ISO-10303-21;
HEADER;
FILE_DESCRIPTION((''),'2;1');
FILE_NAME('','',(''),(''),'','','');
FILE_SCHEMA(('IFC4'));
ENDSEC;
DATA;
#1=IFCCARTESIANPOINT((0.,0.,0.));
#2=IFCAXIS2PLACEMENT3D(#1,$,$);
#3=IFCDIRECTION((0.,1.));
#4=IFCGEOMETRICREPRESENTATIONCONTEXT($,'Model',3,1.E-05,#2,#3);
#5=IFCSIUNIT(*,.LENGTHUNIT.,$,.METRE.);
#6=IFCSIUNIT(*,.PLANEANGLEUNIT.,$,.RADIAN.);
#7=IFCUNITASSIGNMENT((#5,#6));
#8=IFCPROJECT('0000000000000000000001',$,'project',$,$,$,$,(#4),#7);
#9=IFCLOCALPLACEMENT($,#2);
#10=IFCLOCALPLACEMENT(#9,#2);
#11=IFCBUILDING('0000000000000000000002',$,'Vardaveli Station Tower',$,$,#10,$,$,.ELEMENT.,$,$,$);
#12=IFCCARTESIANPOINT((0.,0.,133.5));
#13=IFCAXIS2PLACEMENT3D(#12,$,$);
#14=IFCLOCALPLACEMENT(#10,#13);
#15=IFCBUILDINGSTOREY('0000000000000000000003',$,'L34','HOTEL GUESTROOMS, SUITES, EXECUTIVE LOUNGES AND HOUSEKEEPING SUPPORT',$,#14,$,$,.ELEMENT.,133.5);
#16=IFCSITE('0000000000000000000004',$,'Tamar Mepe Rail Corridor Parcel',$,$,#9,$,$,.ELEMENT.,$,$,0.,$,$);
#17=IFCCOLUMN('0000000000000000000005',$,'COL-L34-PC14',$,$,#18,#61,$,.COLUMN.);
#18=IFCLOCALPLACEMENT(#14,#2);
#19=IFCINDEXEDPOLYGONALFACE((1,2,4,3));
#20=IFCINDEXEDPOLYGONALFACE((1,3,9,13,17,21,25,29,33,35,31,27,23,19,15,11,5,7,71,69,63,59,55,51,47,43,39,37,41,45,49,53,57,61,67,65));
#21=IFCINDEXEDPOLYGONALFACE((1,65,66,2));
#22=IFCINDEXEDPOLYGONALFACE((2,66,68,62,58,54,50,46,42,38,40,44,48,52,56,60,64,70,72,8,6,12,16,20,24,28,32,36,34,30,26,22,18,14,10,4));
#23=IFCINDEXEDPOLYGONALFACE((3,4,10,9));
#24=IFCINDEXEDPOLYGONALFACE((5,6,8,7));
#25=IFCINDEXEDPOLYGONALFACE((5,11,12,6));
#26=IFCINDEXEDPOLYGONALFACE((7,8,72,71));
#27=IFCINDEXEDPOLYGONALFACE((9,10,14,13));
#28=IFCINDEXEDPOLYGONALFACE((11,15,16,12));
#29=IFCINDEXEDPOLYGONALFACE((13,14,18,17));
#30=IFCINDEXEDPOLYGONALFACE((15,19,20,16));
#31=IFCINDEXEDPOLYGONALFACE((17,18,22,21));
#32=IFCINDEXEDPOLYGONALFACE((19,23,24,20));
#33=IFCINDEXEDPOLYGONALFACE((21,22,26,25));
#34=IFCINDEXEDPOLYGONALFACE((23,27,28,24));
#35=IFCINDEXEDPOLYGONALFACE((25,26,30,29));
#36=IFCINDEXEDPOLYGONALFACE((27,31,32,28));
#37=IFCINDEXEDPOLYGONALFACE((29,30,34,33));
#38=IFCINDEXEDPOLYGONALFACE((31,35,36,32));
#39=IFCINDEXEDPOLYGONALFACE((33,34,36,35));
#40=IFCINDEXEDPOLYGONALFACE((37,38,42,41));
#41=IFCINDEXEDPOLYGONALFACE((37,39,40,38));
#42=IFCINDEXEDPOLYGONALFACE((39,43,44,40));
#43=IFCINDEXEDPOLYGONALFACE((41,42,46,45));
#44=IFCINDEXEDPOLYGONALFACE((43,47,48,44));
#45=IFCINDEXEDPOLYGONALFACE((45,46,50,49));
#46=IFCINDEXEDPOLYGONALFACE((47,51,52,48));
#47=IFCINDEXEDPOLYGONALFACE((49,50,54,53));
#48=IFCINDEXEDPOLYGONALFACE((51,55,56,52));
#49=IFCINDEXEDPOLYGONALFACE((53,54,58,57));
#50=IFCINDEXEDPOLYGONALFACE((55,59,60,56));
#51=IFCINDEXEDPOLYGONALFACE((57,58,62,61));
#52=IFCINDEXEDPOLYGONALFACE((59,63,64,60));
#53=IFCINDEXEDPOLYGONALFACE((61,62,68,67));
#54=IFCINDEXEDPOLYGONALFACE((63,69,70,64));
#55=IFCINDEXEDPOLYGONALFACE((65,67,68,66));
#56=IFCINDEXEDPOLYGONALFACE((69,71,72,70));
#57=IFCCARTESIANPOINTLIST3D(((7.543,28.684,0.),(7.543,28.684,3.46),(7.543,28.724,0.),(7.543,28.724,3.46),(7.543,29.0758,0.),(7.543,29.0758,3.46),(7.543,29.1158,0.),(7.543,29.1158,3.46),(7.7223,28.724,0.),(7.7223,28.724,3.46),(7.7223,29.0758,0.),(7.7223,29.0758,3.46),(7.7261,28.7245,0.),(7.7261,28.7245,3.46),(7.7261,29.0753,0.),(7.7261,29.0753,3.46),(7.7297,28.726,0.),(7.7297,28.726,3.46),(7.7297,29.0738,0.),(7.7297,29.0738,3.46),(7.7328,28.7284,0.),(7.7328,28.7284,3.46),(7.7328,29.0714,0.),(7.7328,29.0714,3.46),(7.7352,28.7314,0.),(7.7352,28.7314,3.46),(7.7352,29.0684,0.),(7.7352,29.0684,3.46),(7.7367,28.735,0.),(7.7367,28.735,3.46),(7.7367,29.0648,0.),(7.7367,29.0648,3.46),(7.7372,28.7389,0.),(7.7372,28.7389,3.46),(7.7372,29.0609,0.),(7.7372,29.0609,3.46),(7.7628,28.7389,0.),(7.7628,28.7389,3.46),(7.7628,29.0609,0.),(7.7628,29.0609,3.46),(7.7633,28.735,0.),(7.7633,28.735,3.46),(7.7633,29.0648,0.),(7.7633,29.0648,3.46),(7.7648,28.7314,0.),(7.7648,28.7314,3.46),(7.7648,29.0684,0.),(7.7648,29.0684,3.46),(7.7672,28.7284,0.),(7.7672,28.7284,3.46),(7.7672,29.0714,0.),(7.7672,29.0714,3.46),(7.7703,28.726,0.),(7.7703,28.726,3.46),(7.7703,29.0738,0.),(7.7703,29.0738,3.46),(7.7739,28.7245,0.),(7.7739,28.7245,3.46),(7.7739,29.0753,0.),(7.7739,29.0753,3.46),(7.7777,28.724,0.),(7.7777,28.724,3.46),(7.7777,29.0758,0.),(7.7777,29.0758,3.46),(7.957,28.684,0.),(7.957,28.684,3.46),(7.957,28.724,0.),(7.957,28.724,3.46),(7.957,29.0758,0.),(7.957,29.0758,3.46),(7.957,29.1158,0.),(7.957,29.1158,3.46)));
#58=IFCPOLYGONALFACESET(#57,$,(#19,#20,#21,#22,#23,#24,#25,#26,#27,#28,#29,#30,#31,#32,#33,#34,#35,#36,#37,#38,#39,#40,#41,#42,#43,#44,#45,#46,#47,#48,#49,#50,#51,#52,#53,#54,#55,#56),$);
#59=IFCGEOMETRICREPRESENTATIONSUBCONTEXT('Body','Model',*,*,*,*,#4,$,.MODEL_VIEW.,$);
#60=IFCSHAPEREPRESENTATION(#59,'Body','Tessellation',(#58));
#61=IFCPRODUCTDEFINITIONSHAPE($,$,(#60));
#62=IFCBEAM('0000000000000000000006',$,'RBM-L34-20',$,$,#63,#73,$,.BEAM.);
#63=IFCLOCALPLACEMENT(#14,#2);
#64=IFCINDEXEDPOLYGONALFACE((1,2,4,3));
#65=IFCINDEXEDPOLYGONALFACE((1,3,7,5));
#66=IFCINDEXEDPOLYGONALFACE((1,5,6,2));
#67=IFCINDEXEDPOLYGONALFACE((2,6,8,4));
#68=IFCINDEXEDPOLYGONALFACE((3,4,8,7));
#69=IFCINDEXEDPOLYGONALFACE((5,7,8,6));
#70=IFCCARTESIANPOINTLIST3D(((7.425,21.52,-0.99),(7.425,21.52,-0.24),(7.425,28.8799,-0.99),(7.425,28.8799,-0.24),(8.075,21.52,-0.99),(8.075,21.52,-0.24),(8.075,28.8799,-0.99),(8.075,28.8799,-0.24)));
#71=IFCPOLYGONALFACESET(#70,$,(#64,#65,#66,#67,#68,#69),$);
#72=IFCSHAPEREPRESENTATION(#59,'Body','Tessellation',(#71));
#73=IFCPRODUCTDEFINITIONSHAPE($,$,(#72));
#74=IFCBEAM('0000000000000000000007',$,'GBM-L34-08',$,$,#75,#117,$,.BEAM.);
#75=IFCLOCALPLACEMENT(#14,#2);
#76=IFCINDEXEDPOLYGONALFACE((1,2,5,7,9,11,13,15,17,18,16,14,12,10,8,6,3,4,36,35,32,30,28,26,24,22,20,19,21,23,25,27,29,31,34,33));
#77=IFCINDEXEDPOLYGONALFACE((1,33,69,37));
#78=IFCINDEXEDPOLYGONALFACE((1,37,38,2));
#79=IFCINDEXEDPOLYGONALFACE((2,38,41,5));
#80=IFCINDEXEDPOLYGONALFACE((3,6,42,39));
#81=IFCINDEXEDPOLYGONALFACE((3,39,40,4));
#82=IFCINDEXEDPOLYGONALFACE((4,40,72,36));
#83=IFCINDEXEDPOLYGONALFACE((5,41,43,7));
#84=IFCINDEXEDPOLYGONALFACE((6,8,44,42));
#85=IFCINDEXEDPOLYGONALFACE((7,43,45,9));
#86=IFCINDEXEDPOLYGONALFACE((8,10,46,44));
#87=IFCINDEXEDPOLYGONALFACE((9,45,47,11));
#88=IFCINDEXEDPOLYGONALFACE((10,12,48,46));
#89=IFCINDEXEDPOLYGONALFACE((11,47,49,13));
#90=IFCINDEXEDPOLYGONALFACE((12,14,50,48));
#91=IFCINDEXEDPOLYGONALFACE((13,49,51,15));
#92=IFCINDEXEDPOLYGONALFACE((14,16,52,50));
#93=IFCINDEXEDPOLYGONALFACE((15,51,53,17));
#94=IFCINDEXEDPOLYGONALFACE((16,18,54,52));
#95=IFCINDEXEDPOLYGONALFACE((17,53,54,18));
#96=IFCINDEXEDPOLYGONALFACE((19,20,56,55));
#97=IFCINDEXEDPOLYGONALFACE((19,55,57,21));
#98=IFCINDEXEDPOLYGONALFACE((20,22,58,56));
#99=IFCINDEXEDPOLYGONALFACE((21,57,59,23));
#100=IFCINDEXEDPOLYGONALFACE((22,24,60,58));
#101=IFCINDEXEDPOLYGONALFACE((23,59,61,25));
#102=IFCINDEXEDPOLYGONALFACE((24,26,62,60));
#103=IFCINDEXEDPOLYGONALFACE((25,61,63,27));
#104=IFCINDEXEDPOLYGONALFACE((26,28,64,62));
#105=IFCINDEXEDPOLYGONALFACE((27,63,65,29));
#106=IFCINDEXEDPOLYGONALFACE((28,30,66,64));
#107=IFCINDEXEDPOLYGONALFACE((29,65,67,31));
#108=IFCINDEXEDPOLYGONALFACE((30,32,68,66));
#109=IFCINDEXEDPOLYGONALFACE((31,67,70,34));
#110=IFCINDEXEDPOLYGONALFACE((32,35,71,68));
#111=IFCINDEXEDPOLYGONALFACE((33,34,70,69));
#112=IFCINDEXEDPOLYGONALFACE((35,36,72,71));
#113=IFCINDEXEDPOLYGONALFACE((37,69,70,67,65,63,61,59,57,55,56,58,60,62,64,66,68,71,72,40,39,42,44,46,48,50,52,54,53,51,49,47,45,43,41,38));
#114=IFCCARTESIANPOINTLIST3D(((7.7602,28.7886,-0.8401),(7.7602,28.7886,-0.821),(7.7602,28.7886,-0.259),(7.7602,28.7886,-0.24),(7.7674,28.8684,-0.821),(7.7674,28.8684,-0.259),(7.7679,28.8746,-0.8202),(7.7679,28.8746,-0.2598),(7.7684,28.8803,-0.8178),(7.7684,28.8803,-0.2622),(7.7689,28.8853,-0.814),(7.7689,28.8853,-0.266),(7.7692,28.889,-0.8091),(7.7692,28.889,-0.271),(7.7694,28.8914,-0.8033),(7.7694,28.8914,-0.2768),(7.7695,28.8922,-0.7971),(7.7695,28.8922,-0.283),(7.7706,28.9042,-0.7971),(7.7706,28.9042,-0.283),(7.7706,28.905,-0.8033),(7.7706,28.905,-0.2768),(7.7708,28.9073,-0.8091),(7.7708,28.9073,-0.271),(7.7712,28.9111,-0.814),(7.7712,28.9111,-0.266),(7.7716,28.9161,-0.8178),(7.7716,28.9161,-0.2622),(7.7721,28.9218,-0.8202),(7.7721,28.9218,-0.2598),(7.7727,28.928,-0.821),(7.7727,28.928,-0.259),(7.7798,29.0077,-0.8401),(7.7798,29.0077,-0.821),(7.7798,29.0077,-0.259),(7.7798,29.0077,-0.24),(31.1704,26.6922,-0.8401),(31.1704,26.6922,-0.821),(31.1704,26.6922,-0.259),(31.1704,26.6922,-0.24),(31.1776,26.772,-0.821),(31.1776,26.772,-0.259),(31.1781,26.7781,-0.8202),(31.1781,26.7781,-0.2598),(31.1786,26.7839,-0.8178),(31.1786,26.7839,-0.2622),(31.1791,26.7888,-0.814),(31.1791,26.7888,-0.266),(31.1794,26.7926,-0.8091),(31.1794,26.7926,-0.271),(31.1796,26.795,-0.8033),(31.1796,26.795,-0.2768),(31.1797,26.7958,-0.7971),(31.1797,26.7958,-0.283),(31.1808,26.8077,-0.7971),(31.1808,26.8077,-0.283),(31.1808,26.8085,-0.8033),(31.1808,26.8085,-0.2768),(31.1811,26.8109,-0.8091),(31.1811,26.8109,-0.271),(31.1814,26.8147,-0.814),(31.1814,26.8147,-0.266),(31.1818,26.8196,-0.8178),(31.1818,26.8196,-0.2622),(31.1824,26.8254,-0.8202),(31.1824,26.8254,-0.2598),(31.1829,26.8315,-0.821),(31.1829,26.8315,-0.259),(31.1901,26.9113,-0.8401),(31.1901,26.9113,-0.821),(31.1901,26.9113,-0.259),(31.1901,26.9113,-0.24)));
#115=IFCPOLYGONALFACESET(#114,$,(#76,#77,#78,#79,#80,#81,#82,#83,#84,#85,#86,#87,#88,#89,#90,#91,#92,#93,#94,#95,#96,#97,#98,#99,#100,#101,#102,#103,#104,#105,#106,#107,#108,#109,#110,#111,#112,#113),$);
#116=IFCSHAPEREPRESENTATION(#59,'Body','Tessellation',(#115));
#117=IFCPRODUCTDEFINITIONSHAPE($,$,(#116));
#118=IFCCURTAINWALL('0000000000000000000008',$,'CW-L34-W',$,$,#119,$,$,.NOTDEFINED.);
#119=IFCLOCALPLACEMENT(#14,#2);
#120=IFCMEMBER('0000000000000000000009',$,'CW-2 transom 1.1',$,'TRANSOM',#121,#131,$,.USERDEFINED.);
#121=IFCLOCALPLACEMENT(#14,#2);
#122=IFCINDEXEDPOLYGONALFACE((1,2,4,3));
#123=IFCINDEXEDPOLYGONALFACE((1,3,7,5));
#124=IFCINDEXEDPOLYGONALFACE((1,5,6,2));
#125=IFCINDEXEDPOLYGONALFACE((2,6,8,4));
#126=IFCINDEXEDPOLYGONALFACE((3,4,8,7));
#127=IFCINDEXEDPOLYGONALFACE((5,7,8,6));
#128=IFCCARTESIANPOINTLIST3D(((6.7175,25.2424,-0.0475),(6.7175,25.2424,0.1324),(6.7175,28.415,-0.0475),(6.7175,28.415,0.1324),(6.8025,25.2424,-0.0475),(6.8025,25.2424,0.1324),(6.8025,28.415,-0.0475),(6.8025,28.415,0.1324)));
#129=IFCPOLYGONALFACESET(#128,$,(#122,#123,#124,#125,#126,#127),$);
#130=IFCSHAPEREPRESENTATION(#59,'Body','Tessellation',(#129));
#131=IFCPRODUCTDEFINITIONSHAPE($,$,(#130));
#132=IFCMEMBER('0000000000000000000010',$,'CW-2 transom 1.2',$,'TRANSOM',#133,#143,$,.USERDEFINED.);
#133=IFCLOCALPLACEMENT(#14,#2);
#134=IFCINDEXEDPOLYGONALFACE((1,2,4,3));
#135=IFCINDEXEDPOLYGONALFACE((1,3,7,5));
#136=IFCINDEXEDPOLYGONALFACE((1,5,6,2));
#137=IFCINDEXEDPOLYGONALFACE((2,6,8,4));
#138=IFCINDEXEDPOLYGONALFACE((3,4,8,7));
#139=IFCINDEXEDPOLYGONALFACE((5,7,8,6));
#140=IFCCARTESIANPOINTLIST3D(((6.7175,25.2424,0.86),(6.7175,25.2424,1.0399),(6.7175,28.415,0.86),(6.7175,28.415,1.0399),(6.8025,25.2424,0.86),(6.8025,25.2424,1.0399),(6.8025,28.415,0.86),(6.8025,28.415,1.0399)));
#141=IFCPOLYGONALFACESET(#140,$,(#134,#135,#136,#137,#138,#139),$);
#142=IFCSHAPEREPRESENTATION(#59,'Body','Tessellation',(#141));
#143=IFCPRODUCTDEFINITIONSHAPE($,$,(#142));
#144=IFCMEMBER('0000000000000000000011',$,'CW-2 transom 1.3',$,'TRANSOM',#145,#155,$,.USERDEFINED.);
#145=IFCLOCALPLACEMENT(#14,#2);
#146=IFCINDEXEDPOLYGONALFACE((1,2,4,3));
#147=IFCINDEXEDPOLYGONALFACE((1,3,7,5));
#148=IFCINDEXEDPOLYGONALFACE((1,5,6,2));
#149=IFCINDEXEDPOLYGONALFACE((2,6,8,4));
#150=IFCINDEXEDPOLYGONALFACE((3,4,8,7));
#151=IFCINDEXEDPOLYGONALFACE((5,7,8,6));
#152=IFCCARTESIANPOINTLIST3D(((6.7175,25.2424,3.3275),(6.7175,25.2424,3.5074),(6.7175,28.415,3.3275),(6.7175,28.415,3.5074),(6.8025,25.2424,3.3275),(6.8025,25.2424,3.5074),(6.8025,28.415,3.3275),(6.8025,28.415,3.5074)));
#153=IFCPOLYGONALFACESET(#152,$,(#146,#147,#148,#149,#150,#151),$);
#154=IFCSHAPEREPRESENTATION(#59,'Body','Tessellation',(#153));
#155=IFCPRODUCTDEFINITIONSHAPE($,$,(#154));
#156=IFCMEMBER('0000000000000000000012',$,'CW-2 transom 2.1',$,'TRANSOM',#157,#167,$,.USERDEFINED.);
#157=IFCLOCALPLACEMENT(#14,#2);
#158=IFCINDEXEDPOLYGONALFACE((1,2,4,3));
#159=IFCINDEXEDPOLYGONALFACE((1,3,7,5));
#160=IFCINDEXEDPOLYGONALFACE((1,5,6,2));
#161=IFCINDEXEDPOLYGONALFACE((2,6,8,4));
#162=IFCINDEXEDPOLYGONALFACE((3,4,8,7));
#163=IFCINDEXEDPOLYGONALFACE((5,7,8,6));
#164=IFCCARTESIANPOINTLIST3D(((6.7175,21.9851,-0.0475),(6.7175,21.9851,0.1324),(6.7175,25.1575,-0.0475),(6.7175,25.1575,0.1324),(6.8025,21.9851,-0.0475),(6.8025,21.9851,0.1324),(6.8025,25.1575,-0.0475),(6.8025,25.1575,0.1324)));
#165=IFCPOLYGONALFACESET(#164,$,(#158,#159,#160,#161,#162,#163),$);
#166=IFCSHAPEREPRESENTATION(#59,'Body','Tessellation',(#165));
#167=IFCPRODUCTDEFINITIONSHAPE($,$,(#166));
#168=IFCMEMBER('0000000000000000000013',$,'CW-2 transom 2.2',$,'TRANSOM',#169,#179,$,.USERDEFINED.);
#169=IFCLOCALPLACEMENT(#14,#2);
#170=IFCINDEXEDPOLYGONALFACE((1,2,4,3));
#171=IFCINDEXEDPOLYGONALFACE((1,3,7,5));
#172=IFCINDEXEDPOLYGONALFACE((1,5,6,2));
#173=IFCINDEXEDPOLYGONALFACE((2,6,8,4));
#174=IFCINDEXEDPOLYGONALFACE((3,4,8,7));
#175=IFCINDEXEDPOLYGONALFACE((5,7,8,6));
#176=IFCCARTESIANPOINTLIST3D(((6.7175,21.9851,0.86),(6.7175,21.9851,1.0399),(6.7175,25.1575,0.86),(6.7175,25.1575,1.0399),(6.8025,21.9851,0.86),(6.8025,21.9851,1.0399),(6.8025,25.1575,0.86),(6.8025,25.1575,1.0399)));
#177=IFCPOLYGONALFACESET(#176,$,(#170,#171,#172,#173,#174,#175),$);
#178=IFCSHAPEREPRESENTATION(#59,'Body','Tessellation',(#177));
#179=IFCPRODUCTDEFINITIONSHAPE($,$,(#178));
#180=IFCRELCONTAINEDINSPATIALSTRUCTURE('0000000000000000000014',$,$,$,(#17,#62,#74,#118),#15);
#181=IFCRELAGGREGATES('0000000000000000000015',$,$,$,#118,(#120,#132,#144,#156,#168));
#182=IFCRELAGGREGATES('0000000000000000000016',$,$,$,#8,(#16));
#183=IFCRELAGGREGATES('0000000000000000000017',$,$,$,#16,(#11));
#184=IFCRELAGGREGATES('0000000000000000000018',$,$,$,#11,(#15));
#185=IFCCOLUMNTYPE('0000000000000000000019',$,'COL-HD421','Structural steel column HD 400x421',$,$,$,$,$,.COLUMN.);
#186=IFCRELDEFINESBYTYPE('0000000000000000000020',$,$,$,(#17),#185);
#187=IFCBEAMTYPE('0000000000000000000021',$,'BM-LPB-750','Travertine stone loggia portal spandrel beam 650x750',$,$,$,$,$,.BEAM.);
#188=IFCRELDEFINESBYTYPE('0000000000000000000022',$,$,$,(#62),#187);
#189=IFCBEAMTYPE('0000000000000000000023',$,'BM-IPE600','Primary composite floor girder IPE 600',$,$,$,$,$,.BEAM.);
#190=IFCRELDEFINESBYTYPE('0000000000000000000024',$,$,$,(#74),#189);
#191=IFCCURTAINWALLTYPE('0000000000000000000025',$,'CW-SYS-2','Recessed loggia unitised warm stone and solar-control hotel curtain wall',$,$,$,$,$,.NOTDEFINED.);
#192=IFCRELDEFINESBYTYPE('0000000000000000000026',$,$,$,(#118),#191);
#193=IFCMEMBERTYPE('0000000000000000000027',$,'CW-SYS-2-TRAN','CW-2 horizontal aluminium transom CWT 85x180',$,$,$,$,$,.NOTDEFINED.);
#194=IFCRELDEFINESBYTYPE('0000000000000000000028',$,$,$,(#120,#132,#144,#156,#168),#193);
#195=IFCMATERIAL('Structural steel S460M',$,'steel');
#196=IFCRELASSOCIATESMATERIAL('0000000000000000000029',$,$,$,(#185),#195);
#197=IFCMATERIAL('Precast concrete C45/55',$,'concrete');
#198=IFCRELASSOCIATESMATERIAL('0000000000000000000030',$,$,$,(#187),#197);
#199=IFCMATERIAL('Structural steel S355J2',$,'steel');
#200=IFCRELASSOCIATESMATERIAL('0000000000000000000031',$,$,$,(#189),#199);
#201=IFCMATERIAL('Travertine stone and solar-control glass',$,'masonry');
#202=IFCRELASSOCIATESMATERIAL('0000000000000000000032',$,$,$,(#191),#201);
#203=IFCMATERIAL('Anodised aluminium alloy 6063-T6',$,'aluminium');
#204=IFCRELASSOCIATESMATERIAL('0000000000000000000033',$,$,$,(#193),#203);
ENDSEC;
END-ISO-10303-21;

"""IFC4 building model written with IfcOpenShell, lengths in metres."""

from ifc_helpers import new_model, si_unit, direction, frame, origin, origin_2d, place, context, subcontext, project, spatial, rectangle, i_section, extrude, source, transform, mapped, material, material_profile, profile_set, type_object, element, aggregate, save


model = new_model("IFC4")

# Units and contexts
model_context = context("Model", 3, precision=1e-05, world=origin(), true_north=direction((0.0, 1.0)))
body_context = subcontext(model_context, "Body", "Model", "MODEL_VIEW")
ifc_project = project(units=[si_unit("LENGTHUNIT", "METRE"), si_unit("PLANEANGLEUNIT", "RADIAN")], contexts=[model_context])

# Site, building, storey
site_placement = place(None, origin())
site = spatial("IfcSite", under=ifc_project, at=site_placement, Name="Tamar Mepe Rail Corridor Parcel", CompositionType="ELEMENT", RefElevation=0.0)
building_placement = place(site_placement, origin())
building = spatial("IfcBuilding", under=site, at=building_placement, Name="Vardaveli Station Tower", CompositionType="ELEMENT")
storey_placement = place(building_placement, frame((0.0, 0.0, 133.5)))
storey = spatial("IfcBuildingStorey", under=building, at=storey_placement, Name="L34", Description="HOTEL GUESTROOMS, SUITES, EXECUTIVE LOUNGES AND HOUSEKEEPING SUPPORT", CompositionType="ELEMENT", Elevation=133.5)

# Column
ifc_material_1 = material(Name="Structural steel S460M", Category="steel")
ifc_material_profile_1 = material_profile(ifc_material_1, i_section(OverallWidth=0.4141, OverallDepth=0.4319, WebThickness=0.0256, FlangeThickness=0.04, FilletRadius=0.0149, at=origin_2d()), Name="HD 400x421")
ifc_profile_set_1 = profile_set([ifc_material_profile_1], Name="Structural steel S460M")
column_type = type_object("IfcColumnType", Name="COL-HD421", Description="Structural steel column HD 400x421", PredefinedType="COLUMN", material=ifc_profile_set_1)
shared_shape_1 = source(origin(), body_context, "Body", "SweptSolid", [
    extrude(i_section(OverallWidth=0.4141, OverallDepth=0.4319, WebThickness=0.0256, FlangeThickness=0.04, FilletRadius=0.0149, at=origin_2d()), origin(), (0.0, 0.0, 1.0), 3.46),
])
column_placement = place(storey_placement, frame((7.75, 28.8999, 0.0), z_axis=(0.0, 0.0, 1.0), x_axis=(1.0, 0.0, 0.0)))
element("IfcColumn", 1, at=column_placement, inside=storey, type_object=column_type, Name="COL-L34-PC14", PredefinedType="COLUMN", context=body_context, shape_type="MappedRepresentation", body=[
    mapped(shared_shape_1, transform((0.0, 0.0, 0.0), scale=1.0)),
])

# Beams
ifc_material_2 = material(Name="Precast concrete C45/55", Category="concrete")
ifc_material_profile_2 = material_profile(ifc_material_2, rectangle(XDim=0.6499, YDim=0.75, at=origin_2d()), Name="LPB 650x750")
ifc_profile_set_2 = profile_set([ifc_material_profile_2], Name="Precast concrete C45/55")
beam_type_1 = type_object("IfcBeamType", Name="BM-LPB-750", Description="Travertine stone loggia portal spandrel beam 650x750", PredefinedType="BEAM", material=ifc_profile_set_2)
shared_shape_2 = source(origin(), body_context, "Body", "SweptSolid", [
    extrude(rectangle(XDim=0.6499, YDim=0.75, at=origin_2d()), origin(), (0.0, 0.0, 1.0), 7.3599),
])
beam_1_placement = place(storey_placement, frame((7.75, 28.8799, -0.615), z_axis=(0.0, -1.0, 0.0), x_axis=(1.0, 0.0, 0.0)))
element("IfcBeam", 2, at=beam_1_placement, inside=storey, type_object=beam_type_1, Name="RBM-L34-20", PredefinedType="BEAM", context=body_context, shape_type="MappedRepresentation", body=[
    mapped(shared_shape_2, transform((0.0, 0.0, 0.0), scale=1.0)),
])
ifc_material_3 = material(Name="Structural steel S355J2", Category="steel")
ifc_material_profile_3 = material_profile(ifc_material_3, i_section(OverallWidth=0.22, OverallDepth=0.6001, WebThickness=0.012, FlangeThickness=0.019, FilletRadius=0.0239, at=origin_2d()), Name="IPE 600")
ifc_profile_set_3 = profile_set([ifc_material_profile_3], Name="Structural steel S355J2")
beam_type_2 = type_object("IfcBeamType", Name="BM-IPE600", Description="Primary composite floor girder IPE 600", PredefinedType="BEAM", material=ifc_profile_set_3)
shared_shape_3 = source(origin(), body_context, "Body", "SweptSolid", [
    extrude(i_section(OverallWidth=0.22, OverallDepth=0.6001, WebThickness=0.012, FlangeThickness=0.019, FilletRadius=0.0239, at=origin_2d()), origin(), (0.0, 0.0, 1.0), 23.5039),
])
beam_2_placement = place(storey_placement, frame((7.77, 28.8982, -0.54), z_axis=(0.996014, -0.089195, 0.0), x_axis=(0.089195, 0.996014, 0.0)))
element("IfcBeam", 3, at=beam_2_placement, inside=storey, type_object=beam_type_2, Name="GBM-L34-08", PredefinedType="BEAM", context=body_context, shape_type="MappedRepresentation", body=[
    mapped(shared_shape_3, transform((0.0, 0.0, 0.0), scale=1.0)),
])

# Curtain wall, members
ifc_material_4 = material(Name="Travertine stone and solar-control glass", Category="masonry")
curtain_wall_type = type_object("IfcCurtainWallType", Name="CW-SYS-2", Description="Recessed loggia unitised warm stone and solar-control hotel curtain wall", PredefinedType="NOTDEFINED", material=ifc_material_4)
curtain_wall_placement = place(storey_placement, origin())
curtain_wall = element("IfcCurtainWall", 4, at=curtain_wall_placement, inside=storey, type_object=curtain_wall_type, Name="CW-L34-W", PredefinedType="NOTDEFINED")
ifc_material_5 = material(Name="Anodised aluminium alloy 6063-T6", Category="aluminium")
ifc_material_profile_4 = material_profile(ifc_material_5, rectangle(XDim=0.085, YDim=0.1799, at=origin_2d()), Name="CWT 85x180")
ifc_profile_set_4 = profile_set([ifc_material_profile_4], Name="Anodised aluminium alloy 6063-T6")
member_type_1 = type_object("IfcMemberType", Name="CW-SYS-2-TRAN", Description="CW-2 horizontal aluminium transom CWT 85x180", PredefinedType="NOTDEFINED", material=ifc_profile_set_4)
shared_shape_4 = source(origin(), body_context, "Body", "SweptSolid", [
    extrude(rectangle(XDim=0.085, YDim=0.1799, at=origin_2d()), origin(), (0.0, 0.0, 1.0), 3.1726),
])
member_1_placement = place(storey_placement, frame((6.76, 28.415, 0.0425), z_axis=(0.0, -1.0, 0.0), x_axis=(1.0, 0.0, 0.0)))
member_1 = element("IfcMember", 5, at=member_1_placement, type_object=member_type_1, Name="CW-2 transom 1.1", ObjectType="TRANSOM", PredefinedType="USERDEFINED", context=body_context, shape_type="MappedRepresentation", body=[
    mapped(shared_shape_4, transform((0.0, 0.0, 0.0), scale=1.0)),
])
member_2_placement = place(storey_placement, frame((6.76, 28.415, 0.95), z_axis=(0.0, -1.0, 0.0), x_axis=(1.0, 0.0, 0.0)))
member_2 = element("IfcMember", 6, at=member_2_placement, type_object=member_type_1, Name="CW-2 transom 1.2", ObjectType="TRANSOM", PredefinedType="USERDEFINED", context=body_context, shape_type="MappedRepresentation", body=[
    mapped(shared_shape_4, transform((0.0, 0.0, 0.0), scale=1.0)),
])
member_3_placement = place(storey_placement, frame((6.76, 28.415, 3.4175), z_axis=(0.0, -1.0, 0.0), x_axis=(1.0, 0.0, 0.0)))
member_3 = element("IfcMember", 7, at=member_3_placement, type_object=member_type_1, Name="CW-2 transom 1.3", ObjectType="TRANSOM", PredefinedType="USERDEFINED", context=body_context, shape_type="MappedRepresentation", body=[
    mapped(shared_shape_4, transform((0.0, 0.0, 0.0), scale=1.0)),
])
shared_shape_5 = source(origin(), body_context, "Body", "SweptSolid", [
    extrude(rectangle(XDim=0.085, YDim=0.1799, at=origin_2d()), origin(), (0.0, 0.0, 1.0), 3.1724),
])
member_4_placement = place(storey_placement, frame((6.76, 25.1575, 0.0425), z_axis=(0.0, -1.0, 0.0), x_axis=(1.0, 0.0, 0.0)))
member_4 = element("IfcMember", 8, at=member_4_placement, type_object=member_type_1, Name="CW-2 transom 2.1", ObjectType="TRANSOM", PredefinedType="USERDEFINED", context=body_context, shape_type="MappedRepresentation", body=[
    mapped(shared_shape_5, transform((0.0, 0.0, 0.0), scale=1.0)),
])
member_5_placement = place(storey_placement, frame((6.76, 25.1575, 0.95), z_axis=(0.0, -1.0, 0.0), x_axis=(1.0, 0.0, 0.0)))
member_5 = element("IfcMember", 9, at=member_5_placement, type_object=member_type_1, Name="CW-2 transom 2.2", ObjectType="TRANSOM", PredefinedType="USERDEFINED", context=body_context, shape_type="MappedRepresentation", body=[
    mapped(shared_shape_5, transform((0.0, 0.0, 0.0), scale=1.0)),
])
aggregate(curtain_wall, [member_1, member_2, member_3, member_4, member_5])

save(model, "model.ifc")
